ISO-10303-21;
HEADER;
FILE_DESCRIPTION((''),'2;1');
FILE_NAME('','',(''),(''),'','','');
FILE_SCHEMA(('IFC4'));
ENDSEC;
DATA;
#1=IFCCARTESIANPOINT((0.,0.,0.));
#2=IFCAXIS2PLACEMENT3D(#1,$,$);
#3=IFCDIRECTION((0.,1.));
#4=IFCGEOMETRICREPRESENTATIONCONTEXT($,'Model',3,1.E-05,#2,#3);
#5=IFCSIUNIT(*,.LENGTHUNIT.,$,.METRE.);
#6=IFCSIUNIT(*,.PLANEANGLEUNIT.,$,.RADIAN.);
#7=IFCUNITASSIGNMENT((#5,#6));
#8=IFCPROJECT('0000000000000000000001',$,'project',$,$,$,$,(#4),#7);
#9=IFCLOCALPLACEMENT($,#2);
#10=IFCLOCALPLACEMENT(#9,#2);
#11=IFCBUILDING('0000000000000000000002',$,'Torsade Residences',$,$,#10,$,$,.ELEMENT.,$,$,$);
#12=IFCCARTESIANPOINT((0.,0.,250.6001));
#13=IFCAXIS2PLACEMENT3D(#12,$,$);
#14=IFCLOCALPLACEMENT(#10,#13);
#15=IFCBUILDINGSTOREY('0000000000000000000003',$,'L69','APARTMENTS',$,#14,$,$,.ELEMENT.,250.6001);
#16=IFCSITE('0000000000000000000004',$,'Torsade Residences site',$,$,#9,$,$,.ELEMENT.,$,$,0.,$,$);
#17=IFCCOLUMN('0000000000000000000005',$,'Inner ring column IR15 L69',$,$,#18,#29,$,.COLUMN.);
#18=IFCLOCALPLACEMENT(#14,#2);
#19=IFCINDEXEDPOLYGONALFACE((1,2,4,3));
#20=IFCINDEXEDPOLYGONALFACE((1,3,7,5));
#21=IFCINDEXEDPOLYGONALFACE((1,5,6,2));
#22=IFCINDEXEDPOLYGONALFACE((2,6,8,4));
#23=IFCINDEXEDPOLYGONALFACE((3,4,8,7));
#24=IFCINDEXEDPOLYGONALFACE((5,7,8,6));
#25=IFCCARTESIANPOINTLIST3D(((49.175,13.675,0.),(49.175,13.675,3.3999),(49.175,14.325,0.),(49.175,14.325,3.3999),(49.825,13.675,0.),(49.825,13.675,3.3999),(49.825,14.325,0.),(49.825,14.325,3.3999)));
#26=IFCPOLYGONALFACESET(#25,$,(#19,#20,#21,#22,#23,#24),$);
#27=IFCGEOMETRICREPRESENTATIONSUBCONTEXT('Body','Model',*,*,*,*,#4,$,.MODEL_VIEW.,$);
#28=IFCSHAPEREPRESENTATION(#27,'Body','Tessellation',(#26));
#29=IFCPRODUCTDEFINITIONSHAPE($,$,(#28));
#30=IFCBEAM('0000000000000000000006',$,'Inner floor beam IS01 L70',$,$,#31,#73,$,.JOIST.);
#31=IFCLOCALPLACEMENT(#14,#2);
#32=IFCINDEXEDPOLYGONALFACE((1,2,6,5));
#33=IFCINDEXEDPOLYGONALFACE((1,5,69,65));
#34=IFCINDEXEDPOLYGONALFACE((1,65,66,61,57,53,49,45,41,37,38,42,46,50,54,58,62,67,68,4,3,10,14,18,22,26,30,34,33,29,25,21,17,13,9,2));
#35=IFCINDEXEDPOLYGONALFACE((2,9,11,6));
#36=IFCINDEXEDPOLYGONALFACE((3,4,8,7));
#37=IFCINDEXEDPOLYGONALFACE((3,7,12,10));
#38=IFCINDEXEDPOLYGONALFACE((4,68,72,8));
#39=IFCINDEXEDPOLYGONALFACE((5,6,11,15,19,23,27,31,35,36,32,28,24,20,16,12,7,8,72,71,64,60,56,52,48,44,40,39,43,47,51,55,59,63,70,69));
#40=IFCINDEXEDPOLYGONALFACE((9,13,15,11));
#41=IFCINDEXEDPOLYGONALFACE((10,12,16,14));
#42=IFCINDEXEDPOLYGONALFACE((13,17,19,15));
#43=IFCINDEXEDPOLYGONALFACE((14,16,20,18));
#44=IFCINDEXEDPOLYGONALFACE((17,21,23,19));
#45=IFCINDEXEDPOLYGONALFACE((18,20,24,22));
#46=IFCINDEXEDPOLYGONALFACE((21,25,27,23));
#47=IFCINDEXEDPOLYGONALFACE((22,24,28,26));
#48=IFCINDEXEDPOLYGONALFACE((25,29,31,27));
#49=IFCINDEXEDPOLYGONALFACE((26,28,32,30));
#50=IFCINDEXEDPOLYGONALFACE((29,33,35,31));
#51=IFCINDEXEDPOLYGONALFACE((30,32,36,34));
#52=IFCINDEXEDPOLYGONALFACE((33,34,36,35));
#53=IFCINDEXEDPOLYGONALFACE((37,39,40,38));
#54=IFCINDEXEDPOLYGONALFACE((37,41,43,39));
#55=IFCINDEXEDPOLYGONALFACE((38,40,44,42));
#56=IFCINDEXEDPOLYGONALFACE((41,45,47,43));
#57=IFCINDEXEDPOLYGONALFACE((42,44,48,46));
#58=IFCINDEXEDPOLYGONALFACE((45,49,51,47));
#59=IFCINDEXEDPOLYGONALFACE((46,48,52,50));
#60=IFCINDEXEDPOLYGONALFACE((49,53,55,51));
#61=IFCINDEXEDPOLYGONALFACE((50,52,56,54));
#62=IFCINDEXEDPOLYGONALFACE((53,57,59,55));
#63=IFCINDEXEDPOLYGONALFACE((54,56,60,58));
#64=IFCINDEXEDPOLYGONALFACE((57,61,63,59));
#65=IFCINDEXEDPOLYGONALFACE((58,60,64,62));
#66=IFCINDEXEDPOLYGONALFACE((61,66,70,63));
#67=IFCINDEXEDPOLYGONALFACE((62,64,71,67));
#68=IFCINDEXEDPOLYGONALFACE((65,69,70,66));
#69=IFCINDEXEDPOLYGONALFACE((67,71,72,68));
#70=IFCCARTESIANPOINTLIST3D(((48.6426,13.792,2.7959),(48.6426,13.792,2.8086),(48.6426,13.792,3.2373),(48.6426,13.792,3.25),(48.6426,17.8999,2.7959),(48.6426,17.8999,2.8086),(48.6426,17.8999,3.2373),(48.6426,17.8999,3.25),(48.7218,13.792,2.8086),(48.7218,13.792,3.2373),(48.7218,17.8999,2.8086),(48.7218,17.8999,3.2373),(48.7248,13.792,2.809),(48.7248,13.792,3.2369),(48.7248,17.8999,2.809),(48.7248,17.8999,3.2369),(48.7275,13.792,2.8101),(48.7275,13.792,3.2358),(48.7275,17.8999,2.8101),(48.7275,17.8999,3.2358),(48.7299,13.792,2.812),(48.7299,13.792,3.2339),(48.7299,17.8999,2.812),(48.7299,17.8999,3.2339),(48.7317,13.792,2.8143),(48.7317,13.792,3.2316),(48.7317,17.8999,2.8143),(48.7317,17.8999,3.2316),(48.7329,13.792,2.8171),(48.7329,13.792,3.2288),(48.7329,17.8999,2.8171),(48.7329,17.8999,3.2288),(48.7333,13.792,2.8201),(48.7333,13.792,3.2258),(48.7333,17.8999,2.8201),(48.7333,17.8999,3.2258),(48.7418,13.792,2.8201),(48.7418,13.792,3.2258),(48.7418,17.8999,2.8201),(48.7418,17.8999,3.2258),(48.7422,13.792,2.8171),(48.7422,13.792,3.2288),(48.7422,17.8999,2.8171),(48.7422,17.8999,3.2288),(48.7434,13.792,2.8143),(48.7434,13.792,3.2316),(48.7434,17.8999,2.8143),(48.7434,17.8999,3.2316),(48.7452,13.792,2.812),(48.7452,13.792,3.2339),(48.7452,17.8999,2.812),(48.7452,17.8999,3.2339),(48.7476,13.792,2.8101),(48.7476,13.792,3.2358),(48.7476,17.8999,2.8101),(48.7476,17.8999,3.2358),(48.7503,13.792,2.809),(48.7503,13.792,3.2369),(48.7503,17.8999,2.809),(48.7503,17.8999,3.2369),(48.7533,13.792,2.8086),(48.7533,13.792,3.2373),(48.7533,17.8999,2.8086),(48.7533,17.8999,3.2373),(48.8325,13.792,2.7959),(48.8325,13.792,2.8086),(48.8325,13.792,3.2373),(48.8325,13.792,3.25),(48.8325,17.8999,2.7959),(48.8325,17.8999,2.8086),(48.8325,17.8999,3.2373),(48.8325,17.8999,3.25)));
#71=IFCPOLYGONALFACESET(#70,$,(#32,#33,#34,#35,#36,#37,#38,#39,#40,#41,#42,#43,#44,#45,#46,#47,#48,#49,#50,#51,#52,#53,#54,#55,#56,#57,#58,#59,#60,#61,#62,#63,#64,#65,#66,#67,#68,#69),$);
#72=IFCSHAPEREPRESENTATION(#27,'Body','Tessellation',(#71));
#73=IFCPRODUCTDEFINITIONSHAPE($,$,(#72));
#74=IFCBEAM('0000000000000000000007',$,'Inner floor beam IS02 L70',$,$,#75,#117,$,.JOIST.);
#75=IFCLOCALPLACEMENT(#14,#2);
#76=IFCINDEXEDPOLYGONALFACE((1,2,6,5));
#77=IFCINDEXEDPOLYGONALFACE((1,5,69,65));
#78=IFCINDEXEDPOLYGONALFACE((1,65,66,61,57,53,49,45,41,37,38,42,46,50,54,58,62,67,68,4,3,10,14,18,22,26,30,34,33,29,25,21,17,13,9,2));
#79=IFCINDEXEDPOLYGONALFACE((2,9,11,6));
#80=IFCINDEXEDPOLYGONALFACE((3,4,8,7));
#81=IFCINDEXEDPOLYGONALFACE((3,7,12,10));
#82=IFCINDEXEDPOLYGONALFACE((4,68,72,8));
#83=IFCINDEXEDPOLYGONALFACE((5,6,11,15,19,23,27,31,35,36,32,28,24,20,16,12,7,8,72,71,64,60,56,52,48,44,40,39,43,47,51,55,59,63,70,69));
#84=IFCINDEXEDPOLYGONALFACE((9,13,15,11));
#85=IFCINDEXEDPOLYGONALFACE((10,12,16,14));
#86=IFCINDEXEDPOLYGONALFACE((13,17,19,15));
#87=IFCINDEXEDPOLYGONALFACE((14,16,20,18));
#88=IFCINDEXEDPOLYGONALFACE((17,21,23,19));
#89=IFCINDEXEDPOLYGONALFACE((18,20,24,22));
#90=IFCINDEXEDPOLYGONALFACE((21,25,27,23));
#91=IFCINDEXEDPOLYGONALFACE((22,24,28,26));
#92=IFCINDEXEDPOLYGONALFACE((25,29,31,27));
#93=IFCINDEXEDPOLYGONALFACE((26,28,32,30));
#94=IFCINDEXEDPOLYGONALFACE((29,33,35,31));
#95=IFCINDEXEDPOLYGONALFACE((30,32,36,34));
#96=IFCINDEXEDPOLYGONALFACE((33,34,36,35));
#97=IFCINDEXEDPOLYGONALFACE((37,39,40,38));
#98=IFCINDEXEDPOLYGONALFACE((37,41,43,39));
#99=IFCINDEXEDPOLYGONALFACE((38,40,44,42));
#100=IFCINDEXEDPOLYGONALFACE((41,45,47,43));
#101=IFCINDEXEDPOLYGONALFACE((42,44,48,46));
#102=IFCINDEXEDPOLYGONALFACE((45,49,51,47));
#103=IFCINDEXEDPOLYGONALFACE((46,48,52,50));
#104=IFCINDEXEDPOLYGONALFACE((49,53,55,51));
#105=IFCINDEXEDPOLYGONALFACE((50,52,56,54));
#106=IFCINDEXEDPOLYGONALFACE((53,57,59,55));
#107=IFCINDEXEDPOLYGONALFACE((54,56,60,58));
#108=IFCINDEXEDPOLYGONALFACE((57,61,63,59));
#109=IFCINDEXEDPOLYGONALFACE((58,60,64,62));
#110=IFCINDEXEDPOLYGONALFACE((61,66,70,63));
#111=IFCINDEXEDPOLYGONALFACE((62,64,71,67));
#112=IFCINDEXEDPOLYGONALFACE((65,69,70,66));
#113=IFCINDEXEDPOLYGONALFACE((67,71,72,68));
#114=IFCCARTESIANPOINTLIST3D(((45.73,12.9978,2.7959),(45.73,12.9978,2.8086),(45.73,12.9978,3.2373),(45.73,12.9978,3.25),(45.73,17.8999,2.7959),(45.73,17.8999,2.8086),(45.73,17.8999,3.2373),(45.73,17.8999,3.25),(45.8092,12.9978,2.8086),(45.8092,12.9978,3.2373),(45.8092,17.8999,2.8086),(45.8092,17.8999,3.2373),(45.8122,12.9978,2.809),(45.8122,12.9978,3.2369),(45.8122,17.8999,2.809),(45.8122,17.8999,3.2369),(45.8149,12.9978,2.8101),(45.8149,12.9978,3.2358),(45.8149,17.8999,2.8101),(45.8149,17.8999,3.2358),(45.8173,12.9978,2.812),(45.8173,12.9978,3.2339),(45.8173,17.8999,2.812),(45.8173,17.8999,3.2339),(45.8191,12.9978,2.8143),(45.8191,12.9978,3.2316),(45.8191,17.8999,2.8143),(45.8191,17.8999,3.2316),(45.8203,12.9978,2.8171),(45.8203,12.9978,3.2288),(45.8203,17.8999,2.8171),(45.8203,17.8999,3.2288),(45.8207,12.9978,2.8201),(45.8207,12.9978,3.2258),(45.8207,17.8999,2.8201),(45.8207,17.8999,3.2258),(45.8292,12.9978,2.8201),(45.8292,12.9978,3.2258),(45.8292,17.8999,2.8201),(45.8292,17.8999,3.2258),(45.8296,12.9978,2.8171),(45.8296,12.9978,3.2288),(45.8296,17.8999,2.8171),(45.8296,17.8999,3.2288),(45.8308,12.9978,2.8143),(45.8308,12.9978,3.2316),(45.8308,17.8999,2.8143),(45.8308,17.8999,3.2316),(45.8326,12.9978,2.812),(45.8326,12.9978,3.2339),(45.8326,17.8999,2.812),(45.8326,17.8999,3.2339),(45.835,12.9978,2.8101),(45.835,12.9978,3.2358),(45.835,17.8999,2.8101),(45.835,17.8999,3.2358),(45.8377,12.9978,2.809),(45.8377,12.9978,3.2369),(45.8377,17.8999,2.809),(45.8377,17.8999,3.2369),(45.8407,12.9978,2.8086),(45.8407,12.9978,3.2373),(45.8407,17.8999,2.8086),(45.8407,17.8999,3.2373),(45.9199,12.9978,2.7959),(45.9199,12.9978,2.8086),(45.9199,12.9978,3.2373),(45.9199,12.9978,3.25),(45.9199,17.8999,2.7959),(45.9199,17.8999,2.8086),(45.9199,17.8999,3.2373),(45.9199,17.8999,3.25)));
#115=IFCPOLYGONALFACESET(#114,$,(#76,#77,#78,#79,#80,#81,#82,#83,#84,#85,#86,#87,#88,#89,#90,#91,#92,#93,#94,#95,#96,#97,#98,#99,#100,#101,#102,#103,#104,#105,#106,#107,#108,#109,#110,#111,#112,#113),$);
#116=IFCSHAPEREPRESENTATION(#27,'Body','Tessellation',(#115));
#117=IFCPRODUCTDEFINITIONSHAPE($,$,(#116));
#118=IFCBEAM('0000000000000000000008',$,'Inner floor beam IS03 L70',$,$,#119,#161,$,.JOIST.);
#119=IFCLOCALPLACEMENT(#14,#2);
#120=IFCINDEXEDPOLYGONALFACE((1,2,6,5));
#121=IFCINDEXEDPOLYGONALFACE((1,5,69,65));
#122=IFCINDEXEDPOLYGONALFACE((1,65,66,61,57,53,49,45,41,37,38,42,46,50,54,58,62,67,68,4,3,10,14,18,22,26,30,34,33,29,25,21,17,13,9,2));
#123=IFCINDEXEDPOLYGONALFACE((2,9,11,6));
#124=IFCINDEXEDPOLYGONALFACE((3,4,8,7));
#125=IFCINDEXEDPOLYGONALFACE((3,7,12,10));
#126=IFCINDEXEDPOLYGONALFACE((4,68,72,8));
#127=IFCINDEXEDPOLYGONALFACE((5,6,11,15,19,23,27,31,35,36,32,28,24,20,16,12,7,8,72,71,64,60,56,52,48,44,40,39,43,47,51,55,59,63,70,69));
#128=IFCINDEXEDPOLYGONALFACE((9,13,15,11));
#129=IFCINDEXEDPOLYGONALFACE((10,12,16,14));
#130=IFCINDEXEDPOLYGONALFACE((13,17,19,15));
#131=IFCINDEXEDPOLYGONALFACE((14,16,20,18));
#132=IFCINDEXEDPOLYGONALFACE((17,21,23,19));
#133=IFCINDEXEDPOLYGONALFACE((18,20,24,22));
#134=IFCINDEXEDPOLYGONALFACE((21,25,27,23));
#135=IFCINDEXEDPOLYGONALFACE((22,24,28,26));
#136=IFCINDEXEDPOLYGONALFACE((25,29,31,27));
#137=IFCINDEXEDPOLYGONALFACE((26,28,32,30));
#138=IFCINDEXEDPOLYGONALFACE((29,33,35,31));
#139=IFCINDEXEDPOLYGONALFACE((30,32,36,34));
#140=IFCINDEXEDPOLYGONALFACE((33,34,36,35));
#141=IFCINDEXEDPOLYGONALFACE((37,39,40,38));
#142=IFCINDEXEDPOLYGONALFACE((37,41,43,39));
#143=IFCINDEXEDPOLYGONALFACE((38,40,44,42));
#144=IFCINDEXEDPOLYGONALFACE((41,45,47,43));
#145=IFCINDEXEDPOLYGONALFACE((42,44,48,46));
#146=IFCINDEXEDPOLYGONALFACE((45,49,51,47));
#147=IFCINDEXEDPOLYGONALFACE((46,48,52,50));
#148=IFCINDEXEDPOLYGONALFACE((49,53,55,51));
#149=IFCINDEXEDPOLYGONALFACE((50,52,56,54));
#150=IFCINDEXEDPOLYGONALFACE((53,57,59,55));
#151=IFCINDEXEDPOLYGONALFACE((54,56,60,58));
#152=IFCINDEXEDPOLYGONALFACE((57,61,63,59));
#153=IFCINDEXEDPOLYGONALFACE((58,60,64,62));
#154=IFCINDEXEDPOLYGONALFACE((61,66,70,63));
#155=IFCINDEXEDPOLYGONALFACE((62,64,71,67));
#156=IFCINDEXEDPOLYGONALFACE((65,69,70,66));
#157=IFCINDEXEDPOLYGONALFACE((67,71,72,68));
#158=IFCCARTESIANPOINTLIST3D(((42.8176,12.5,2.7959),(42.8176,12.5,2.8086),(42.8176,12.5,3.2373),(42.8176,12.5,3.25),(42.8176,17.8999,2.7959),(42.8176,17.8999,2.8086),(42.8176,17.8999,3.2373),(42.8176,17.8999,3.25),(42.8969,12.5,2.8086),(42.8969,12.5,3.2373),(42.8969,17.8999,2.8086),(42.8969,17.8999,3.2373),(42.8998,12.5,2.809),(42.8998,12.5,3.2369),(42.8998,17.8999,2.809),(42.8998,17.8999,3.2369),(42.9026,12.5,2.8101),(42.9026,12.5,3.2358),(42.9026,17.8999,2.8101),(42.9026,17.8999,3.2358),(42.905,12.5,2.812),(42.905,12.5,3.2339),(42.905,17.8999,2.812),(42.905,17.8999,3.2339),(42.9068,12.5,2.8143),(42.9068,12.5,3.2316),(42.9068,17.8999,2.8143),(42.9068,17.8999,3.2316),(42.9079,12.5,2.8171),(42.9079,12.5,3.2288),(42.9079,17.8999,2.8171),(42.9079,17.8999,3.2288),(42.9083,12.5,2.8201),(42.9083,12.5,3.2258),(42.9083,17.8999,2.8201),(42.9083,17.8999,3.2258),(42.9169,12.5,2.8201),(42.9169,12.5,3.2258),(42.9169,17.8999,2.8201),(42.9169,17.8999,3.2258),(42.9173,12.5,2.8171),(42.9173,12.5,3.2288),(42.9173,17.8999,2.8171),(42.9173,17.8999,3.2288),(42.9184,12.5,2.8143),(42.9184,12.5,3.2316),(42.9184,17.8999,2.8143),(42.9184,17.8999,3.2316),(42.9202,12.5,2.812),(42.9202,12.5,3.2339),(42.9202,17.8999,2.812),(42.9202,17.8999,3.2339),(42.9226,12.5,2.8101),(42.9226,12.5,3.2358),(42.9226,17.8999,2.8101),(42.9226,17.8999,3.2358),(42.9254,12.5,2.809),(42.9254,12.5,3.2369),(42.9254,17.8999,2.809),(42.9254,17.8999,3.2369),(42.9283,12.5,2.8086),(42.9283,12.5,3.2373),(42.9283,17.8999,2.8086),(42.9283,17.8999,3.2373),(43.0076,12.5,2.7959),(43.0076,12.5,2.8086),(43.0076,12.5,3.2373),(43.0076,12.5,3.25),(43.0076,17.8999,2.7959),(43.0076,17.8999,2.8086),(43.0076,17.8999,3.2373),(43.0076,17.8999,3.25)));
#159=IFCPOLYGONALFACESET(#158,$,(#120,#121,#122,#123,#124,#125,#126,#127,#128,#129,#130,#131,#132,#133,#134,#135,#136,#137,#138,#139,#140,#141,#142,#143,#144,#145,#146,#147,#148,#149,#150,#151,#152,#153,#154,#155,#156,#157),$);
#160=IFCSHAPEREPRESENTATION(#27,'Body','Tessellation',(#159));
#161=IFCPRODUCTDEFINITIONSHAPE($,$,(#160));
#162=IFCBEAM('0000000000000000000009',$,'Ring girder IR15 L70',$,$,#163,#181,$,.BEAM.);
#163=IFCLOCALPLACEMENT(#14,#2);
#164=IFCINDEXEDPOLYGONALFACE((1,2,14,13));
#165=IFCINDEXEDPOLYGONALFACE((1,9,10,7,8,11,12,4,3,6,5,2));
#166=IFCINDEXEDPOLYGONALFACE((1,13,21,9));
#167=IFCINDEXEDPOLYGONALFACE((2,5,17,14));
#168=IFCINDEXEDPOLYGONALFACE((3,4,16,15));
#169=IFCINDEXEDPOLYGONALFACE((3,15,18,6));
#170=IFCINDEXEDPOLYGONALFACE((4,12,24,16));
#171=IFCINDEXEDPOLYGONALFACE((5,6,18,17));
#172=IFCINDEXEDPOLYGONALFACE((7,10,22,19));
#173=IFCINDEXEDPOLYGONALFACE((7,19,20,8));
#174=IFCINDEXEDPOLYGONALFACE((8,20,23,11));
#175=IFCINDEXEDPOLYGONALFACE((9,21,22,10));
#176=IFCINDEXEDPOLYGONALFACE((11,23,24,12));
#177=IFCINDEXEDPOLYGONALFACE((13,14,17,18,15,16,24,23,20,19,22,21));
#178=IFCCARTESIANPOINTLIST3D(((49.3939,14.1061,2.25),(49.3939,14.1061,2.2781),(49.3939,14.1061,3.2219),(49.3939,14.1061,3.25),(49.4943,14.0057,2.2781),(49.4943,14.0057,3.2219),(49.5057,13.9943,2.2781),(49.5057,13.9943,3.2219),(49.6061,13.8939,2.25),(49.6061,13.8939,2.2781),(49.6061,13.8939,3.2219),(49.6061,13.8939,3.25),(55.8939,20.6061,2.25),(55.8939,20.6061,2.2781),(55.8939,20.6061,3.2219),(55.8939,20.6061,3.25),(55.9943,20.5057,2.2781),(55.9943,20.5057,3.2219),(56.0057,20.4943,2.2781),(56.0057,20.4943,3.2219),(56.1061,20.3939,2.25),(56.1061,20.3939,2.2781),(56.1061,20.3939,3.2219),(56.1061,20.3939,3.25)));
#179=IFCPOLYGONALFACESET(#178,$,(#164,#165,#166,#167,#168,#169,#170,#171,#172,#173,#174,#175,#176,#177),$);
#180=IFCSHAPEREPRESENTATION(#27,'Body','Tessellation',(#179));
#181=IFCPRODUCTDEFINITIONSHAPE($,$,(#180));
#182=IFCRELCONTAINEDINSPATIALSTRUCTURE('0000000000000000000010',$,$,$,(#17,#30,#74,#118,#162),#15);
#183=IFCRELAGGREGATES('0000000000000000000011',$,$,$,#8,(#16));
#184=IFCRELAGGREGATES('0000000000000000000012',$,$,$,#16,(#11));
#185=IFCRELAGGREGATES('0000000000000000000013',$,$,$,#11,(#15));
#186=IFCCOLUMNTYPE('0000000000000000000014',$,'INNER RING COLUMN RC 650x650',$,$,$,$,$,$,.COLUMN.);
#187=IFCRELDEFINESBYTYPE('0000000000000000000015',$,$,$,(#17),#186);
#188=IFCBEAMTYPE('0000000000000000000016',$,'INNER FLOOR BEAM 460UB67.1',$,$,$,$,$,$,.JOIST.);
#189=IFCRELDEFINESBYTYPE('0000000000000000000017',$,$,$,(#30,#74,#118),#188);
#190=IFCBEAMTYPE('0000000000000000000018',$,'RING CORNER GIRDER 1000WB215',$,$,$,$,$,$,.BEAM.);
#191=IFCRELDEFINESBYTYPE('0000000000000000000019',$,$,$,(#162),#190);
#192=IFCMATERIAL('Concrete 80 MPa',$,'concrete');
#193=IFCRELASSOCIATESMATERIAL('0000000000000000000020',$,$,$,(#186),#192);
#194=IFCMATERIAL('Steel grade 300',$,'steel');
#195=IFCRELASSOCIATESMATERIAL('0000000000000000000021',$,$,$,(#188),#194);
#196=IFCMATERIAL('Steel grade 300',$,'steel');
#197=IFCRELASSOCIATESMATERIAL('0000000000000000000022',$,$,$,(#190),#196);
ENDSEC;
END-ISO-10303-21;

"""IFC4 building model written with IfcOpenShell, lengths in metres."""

from ifc_helpers import new_model, si_unit, direction, frame, origin, origin_2d, place, context, subcontext, project, spatial, rectangle, i_section, extrude, material, material_profile, profile_set, type_object, element, save


model = new_model("IFC4")

# Units and contexts
model_context = context("Model", 3, precision=1e-05, world=origin(), true_north=direction((0.0, 1.0)))
body_context = subcontext(model_context, "Body", "Model", "MODEL_VIEW")
ifc_project = project(units=[si_unit("LENGTHUNIT", "METRE"), si_unit("PLANEANGLEUNIT", "RADIAN")], contexts=[model_context])

# Site, building, storey
site_placement = place(None, origin())
site = spatial("IfcSite", under=ifc_project, at=site_placement, Name="Torsade Residences site", CompositionType="ELEMENT", RefElevation=0.0)
building_placement = place(site_placement, origin())
building = spatial("IfcBuilding", under=site, at=building_placement, Name="Torsade Residences", CompositionType="ELEMENT")
storey_placement = place(building_placement, frame((0.0, 0.0, 250.6001)))
storey = spatial("IfcBuildingStorey", under=building, at=storey_placement, Name="L69", Description="APARTMENTS", CompositionType="ELEMENT", Elevation=250.6001)

# Column
ifc_material_1 = material(Name="Concrete 80 MPa", Category="concrete")
ifc_material_profile_1 = material_profile(ifc_material_1, rectangle(XDim=0.6499, YDim=0.6499, at=origin_2d()), Name="RC 650x650")
ifc_profile_set_1 = profile_set([ifc_material_profile_1], Name="Concrete 80 MPa")
column_type = type_object("IfcColumnType", Name="INNER RING COLUMN RC 650x650", PredefinedType="COLUMN", material=ifc_profile_set_1)
column_placement = place(storey_placement, frame((49.5, 14.0, 0.0), z_axis=(0.0, 0.0, 1.0), x_axis=(1.0, 0.0, 0.0)))
element("IfcColumn", 1, at=column_placement, inside=storey, type_object=column_type, Name="Inner ring column IR15 L69", PredefinedType="COLUMN", context=body_context, shape_type="SweptSolid", body=[
    extrude(rectangle(XDim=0.6499, YDim=0.6499, at=origin_2d()), origin(), (0.0, 0.0, 1.0), 3.3999),
])

# Beams
ifc_material_2 = material(Name="Steel grade 300", Category="steel")
ifc_material_profile_2 = material_profile(ifc_material_2, i_section(OverallWidth=0.1899, OverallDepth=0.4541, WebThickness=0.0085, FlangeThickness=0.0127, FilletRadius=0.0115, at=origin_2d()), Name="460UB67.1")
ifc_profile_set_2 = profile_set([ifc_material_profile_2], Name="Steel grade 300")
beam_type_1 = type_object("IfcBeamType", Name="INNER FLOOR BEAM 460UB67.1", PredefinedType="JOIST", material=ifc_profile_set_2)
beam_1_placement = place(storey_placement, frame((48.7375, 17.8999, 3.0229), z_axis=(0.0, -1.0, 0.0), x_axis=(1.0, 0.0, 0.0)))
element("IfcBeam", 2, at=beam_1_placement, inside=storey, type_object=beam_type_1, Name="Inner floor beam IS01 L70", PredefinedType="JOIST", context=body_context, shape_type="SweptSolid", body=[
    extrude(i_section(OverallWidth=0.1899, OverallDepth=0.4541, WebThickness=0.0085, FlangeThickness=0.0127, FilletRadius=0.0115, at=origin_2d()), origin(), (0.0, 0.0, 1.0), 4.1079),
])
beam_2_placement = place(storey_placement, frame((45.825, 17.8999, 3.0229), z_axis=(0.0, -1.0, 0.0), x_axis=(1.0, 0.0, 0.0)))
element("IfcBeam", 3, at=beam_2_placement, inside=storey, type_object=beam_type_1, Name="Inner floor beam IS02 L70", PredefinedType="JOIST", context=body_context, shape_type="SweptSolid", body=[
    extrude(i_section(OverallWidth=0.1899, OverallDepth=0.4541, WebThickness=0.0085, FlangeThickness=0.0127, FilletRadius=0.0115, at=origin_2d()), origin(), (0.0, 0.0, 1.0), 4.9021),
])
beam_3_placement = place(storey_placement, frame((42.9126, 17.8999, 3.0229), z_axis=(0.0, -1.0, 0.0), x_axis=(1.0, 0.0, 0.0)))
element("IfcBeam", 4, at=beam_3_placement, inside=storey, type_object=beam_type_1, Name="Inner floor beam IS03 L70", PredefinedType="JOIST", context=body_context, shape_type="SweptSolid", body=[
    extrude(i_section(OverallWidth=0.1899, OverallDepth=0.4541, WebThickness=0.0085, FlangeThickness=0.0127, FilletRadius=0.0115, at=origin_2d()), origin(), (0.0, 0.0, 1.0), 5.3999),
])
ifc_material_3 = material(Name="Steel grade 300", Category="steel")
ifc_material_profile_3 = material_profile(ifc_material_3, i_section(OverallWidth=0.3, OverallDepth=1.0, WebThickness=0.0161, FlangeThickness=0.0281, at=origin_2d()), Name="1000WB215")
ifc_profile_set_3 = profile_set([ifc_material_profile_3], Name="Steel grade 300")
beam_type_2 = type_object("IfcBeamType", Name="RING CORNER GIRDER 1000WB215", PredefinedType="BEAM", material=ifc_profile_set_3)
beam_4_placement = place(storey_placement, frame((49.5, 14.0, 2.75), z_axis=(0.707107, 0.707107, 0.0), x_axis=(-0.707107, 0.707107, 0.0)))
element("IfcBeam", 5, at=beam_4_placement, inside=storey, type_object=beam_type_2, Name="Ring girder IR15 L70", PredefinedType="BEAM", context=body_context, shape_type="SweptSolid", body=[
    extrude(i_section(OverallWidth=0.3, OverallDepth=1.0, WebThickness=0.0161, FlangeThickness=0.0281, at=origin_2d()), origin(), (0.0, 0.0, 1.0), 9.1924),
])

save(model, "model.ifc")
